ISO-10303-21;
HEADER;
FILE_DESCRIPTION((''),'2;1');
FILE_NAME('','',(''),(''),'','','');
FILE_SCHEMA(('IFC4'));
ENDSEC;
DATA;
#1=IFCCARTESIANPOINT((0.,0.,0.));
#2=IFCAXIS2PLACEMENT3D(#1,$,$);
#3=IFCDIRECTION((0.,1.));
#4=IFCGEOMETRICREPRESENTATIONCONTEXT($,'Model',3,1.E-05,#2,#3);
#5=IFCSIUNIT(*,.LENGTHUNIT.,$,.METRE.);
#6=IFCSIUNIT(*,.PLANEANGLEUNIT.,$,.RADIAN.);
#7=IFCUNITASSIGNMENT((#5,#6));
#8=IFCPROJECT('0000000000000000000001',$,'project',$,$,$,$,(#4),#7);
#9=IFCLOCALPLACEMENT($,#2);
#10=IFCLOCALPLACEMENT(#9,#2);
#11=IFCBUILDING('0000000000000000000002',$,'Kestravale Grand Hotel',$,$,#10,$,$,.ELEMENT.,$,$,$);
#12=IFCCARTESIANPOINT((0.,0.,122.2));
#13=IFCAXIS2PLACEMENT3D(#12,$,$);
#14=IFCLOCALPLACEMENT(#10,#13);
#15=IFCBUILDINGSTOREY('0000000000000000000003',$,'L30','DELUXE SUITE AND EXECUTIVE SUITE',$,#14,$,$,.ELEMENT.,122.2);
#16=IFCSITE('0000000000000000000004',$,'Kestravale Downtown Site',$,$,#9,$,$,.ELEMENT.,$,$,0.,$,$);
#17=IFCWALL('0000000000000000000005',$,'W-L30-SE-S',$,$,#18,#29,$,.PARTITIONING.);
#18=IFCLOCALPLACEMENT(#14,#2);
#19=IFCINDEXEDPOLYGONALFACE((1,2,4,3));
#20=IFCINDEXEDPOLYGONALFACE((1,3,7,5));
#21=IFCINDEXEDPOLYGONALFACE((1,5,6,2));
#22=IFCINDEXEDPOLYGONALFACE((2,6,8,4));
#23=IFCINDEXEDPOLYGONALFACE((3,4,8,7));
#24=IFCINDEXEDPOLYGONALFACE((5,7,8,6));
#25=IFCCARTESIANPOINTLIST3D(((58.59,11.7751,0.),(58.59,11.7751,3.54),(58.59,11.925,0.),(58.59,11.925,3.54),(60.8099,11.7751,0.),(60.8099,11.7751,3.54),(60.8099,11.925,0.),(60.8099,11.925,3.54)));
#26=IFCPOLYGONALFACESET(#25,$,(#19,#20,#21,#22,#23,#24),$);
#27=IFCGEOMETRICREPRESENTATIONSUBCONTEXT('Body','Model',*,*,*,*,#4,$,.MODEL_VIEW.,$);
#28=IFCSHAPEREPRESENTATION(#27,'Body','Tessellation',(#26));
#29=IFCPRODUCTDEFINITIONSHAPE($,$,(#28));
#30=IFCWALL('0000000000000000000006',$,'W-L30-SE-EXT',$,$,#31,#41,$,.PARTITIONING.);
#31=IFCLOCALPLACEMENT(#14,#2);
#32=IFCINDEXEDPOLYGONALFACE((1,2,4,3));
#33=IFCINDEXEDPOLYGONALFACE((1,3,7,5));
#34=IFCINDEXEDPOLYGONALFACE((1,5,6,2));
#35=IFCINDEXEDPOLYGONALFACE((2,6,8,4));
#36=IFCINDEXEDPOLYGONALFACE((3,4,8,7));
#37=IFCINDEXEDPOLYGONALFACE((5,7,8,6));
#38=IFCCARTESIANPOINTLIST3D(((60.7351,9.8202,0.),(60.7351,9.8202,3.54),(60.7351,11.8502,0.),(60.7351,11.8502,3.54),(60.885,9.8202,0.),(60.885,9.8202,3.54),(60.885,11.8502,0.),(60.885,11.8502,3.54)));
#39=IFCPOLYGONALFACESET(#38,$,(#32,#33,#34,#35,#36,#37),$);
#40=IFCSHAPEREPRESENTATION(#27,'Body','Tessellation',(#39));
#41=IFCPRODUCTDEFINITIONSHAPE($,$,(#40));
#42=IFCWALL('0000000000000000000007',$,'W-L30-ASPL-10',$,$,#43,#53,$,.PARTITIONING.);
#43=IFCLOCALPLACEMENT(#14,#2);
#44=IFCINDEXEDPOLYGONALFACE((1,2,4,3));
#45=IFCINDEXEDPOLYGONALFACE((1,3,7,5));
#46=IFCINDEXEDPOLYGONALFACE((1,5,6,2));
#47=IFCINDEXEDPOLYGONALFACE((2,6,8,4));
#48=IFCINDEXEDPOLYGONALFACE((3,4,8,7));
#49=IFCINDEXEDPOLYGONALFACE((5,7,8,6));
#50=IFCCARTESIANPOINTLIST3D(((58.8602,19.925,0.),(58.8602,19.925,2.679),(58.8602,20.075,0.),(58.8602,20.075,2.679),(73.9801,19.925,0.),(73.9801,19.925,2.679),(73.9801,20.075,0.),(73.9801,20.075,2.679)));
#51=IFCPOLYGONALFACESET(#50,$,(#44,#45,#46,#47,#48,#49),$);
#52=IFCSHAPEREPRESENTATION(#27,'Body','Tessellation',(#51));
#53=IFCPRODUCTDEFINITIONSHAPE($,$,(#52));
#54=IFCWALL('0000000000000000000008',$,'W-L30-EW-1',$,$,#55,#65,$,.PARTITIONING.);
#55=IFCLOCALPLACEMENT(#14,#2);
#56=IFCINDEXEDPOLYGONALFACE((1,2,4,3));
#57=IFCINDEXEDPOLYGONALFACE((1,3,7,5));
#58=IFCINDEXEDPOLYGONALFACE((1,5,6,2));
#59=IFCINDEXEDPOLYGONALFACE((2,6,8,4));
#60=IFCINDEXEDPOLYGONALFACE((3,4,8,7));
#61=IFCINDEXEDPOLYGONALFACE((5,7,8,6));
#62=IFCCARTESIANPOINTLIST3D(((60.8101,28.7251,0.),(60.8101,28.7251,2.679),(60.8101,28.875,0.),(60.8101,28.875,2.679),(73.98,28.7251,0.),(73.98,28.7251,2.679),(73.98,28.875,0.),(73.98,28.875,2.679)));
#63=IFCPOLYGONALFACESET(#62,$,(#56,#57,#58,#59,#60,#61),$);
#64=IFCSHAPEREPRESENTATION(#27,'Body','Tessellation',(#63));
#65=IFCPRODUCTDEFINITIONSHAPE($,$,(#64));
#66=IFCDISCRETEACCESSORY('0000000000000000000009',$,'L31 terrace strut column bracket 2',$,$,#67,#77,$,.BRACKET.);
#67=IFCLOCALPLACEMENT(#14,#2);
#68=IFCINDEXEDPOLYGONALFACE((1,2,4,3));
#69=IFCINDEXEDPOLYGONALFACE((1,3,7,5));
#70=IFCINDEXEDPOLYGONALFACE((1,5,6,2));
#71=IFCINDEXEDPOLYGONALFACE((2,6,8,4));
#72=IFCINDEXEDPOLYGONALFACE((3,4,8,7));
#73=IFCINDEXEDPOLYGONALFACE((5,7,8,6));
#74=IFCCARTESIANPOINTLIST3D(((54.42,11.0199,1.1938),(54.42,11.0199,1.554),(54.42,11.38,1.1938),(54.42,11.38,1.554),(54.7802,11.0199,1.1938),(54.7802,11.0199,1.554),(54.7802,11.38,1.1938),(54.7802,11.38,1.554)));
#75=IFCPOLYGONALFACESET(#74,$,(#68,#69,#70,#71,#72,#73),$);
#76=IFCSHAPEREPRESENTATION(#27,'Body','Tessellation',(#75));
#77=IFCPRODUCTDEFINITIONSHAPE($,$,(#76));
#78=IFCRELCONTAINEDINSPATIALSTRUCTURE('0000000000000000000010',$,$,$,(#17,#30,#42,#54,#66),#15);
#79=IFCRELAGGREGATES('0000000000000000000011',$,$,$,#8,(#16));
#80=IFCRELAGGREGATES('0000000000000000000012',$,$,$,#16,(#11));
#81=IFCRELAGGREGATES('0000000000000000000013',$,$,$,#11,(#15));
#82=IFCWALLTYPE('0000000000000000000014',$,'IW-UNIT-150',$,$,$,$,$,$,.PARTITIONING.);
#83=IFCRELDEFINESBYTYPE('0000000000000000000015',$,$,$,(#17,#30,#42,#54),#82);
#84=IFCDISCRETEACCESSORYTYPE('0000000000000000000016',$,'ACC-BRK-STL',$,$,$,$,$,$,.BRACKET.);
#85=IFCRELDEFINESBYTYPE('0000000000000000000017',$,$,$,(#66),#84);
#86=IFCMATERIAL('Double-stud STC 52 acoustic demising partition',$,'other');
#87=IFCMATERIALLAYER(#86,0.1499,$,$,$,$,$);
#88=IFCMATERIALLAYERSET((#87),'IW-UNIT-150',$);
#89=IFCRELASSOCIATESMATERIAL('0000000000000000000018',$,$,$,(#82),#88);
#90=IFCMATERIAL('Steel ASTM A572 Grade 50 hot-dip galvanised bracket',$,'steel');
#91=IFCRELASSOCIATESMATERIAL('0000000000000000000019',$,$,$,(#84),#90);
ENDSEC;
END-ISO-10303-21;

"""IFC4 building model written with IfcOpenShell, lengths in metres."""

from ifc_helpers import new_model, si_unit, direction, frame, frame_2d, origin, origin_2d, place, context, subcontext, project, spatial, rectangle, extrude, material, layer, layer_set, type_object, element, save


model = new_model("IFC4")

# Units and contexts
model_context = context("Model", 3, precision=1e-05, world=origin(), true_north=direction((0.0, 1.0)))
body_context = subcontext(model_context, "Body", "Model", "MODEL_VIEW")
ifc_project = project(units=[si_unit("LENGTHUNIT", "METRE"), si_unit("PLANEANGLEUNIT", "RADIAN")], contexts=[model_context])

# Site, building, storey
site_placement = place(None, origin())
site = spatial("IfcSite", under=ifc_project, at=site_placement, Name="Kestravale Downtown Site", CompositionType="ELEMENT", RefElevation=0.0)
building_placement = place(site_placement, origin())
building = spatial("IfcBuilding", under=site, at=building_placement, Name="Kestravale Grand Hotel", CompositionType="ELEMENT")
storey_placement = place(building_placement, frame((0.0, 0.0, 122.2)))
storey = spatial("IfcBuildingStorey", under=building, at=storey_placement, Name="L30", Description="DELUXE SUITE AND EXECUTIVE SUITE", CompositionType="ELEMENT", Elevation=122.2)

# Walls
ifc_material_1 = material(Name="Double-stud STC 52 acoustic demising partition", Category="other")
ifc_layer_1 = layer(ifc_material_1, 0.1499)
ifc_layer_set_1 = layer_set([ifc_layer_1], Name="IW-UNIT-150")
wall_type_1 = type_object("IfcWallType", Name="IW-UNIT-150", PredefinedType="PARTITIONING", material=ifc_layer_set_1)
wall_1_placement = place(storey_placement, frame((58.5901, 11.8501, 0.0), z_axis=(0.0, 0.0, 1.0), x_axis=(1.0, 0.0, 0.0)))
element("IfcWall", 1, at=wall_1_placement, inside=storey, type_object=wall_type_1, Name="W-L30-SE-S", PredefinedType="PARTITIONING", context=body_context, shape_type="SweptSolid", body=[
    extrude(rectangle(XDim=2.22, YDim=0.1499, at=frame_2d((1.1099, 0.0))), origin(), (0.0, 0.0, 1.0), 3.54),
])
wall_2_placement = place(storey_placement, frame((60.8101, 9.8201, 0.0), z_axis=(0.0, 0.0, 1.0), x_axis=(0.0, 1.0, 0.0)))
element("IfcWall", 2, at=wall_2_placement, inside=storey, type_object=wall_type_1, Name="W-L30-SE-EXT", PredefinedType="PARTITIONING", context=body_context, shape_type="SweptSolid", body=[
    extrude(rectangle(XDim=2.03, YDim=0.1499, at=frame_2d((1.0151, 0.0))), origin(), (0.0, 0.0, 1.0), 3.54),
])
wall_3_placement = place(storey_placement, frame((58.8601, 20.0, 0.0), z_axis=(0.0, 0.0, 1.0), x_axis=(1.0, 0.0, 0.0)))
element("IfcWall", 3, at=wall_3_placement, inside=storey, type_object=wall_type_1, Name="W-L30-ASPL-10", PredefinedType="PARTITIONING", context=body_context, shape_type="SweptSolid", body=[
    extrude(rectangle(XDim=15.1199, YDim=0.1499, at=frame_2d((7.5601, 0.0))), origin(), (0.0, 0.0, 1.0), 2.679),
])
wall_4_placement = place(storey_placement, frame((60.8101, 28.8, 0.0), z_axis=(0.0, 0.0, 1.0), x_axis=(1.0, 0.0, 0.0)))
element("IfcWall", 4, at=wall_4_placement, inside=storey, type_object=wall_type_1, Name="W-L30-EW-1", PredefinedType="PARTITIONING", context=body_context, shape_type="SweptSolid", body=[
    extrude(rectangle(XDim=13.1699, YDim=0.1499, at=frame_2d((6.585, 0.0))), origin(), (0.0, 0.0, 1.0), 2.679),
])

# Discrete accessory
ifc_material_2 = material(Name="Steel ASTM A572 Grade 50 hot-dip galvanised bracket", Category="steel")
discrete_accessory_type = type_object("IfcDiscreteAccessoryType", Name="ACC-BRK-STL", PredefinedType="BRACKET", material=ifc_material_2)
discrete_accessory_placement = place(storey_placement, frame((54.6001, 11.2, 1.1938), z_axis=(0.0, 0.0, 1.0), x_axis=(1.0, 0.0, 0.0)))
element("IfcDiscreteAccessory", 5, at=discrete_accessory_placement, inside=storey, type_object=discrete_accessory_type, Name="L31 terrace strut column bracket 2", PredefinedType="BRACKET", context=body_context, shape_type="SweptSolid", body=[
    extrude(rectangle(XDim=0.3601, YDim=0.3601, at=origin_2d()), origin(), (0.0, 0.0, 1.0), 0.3601),
])

save(model, "model.ifc")
